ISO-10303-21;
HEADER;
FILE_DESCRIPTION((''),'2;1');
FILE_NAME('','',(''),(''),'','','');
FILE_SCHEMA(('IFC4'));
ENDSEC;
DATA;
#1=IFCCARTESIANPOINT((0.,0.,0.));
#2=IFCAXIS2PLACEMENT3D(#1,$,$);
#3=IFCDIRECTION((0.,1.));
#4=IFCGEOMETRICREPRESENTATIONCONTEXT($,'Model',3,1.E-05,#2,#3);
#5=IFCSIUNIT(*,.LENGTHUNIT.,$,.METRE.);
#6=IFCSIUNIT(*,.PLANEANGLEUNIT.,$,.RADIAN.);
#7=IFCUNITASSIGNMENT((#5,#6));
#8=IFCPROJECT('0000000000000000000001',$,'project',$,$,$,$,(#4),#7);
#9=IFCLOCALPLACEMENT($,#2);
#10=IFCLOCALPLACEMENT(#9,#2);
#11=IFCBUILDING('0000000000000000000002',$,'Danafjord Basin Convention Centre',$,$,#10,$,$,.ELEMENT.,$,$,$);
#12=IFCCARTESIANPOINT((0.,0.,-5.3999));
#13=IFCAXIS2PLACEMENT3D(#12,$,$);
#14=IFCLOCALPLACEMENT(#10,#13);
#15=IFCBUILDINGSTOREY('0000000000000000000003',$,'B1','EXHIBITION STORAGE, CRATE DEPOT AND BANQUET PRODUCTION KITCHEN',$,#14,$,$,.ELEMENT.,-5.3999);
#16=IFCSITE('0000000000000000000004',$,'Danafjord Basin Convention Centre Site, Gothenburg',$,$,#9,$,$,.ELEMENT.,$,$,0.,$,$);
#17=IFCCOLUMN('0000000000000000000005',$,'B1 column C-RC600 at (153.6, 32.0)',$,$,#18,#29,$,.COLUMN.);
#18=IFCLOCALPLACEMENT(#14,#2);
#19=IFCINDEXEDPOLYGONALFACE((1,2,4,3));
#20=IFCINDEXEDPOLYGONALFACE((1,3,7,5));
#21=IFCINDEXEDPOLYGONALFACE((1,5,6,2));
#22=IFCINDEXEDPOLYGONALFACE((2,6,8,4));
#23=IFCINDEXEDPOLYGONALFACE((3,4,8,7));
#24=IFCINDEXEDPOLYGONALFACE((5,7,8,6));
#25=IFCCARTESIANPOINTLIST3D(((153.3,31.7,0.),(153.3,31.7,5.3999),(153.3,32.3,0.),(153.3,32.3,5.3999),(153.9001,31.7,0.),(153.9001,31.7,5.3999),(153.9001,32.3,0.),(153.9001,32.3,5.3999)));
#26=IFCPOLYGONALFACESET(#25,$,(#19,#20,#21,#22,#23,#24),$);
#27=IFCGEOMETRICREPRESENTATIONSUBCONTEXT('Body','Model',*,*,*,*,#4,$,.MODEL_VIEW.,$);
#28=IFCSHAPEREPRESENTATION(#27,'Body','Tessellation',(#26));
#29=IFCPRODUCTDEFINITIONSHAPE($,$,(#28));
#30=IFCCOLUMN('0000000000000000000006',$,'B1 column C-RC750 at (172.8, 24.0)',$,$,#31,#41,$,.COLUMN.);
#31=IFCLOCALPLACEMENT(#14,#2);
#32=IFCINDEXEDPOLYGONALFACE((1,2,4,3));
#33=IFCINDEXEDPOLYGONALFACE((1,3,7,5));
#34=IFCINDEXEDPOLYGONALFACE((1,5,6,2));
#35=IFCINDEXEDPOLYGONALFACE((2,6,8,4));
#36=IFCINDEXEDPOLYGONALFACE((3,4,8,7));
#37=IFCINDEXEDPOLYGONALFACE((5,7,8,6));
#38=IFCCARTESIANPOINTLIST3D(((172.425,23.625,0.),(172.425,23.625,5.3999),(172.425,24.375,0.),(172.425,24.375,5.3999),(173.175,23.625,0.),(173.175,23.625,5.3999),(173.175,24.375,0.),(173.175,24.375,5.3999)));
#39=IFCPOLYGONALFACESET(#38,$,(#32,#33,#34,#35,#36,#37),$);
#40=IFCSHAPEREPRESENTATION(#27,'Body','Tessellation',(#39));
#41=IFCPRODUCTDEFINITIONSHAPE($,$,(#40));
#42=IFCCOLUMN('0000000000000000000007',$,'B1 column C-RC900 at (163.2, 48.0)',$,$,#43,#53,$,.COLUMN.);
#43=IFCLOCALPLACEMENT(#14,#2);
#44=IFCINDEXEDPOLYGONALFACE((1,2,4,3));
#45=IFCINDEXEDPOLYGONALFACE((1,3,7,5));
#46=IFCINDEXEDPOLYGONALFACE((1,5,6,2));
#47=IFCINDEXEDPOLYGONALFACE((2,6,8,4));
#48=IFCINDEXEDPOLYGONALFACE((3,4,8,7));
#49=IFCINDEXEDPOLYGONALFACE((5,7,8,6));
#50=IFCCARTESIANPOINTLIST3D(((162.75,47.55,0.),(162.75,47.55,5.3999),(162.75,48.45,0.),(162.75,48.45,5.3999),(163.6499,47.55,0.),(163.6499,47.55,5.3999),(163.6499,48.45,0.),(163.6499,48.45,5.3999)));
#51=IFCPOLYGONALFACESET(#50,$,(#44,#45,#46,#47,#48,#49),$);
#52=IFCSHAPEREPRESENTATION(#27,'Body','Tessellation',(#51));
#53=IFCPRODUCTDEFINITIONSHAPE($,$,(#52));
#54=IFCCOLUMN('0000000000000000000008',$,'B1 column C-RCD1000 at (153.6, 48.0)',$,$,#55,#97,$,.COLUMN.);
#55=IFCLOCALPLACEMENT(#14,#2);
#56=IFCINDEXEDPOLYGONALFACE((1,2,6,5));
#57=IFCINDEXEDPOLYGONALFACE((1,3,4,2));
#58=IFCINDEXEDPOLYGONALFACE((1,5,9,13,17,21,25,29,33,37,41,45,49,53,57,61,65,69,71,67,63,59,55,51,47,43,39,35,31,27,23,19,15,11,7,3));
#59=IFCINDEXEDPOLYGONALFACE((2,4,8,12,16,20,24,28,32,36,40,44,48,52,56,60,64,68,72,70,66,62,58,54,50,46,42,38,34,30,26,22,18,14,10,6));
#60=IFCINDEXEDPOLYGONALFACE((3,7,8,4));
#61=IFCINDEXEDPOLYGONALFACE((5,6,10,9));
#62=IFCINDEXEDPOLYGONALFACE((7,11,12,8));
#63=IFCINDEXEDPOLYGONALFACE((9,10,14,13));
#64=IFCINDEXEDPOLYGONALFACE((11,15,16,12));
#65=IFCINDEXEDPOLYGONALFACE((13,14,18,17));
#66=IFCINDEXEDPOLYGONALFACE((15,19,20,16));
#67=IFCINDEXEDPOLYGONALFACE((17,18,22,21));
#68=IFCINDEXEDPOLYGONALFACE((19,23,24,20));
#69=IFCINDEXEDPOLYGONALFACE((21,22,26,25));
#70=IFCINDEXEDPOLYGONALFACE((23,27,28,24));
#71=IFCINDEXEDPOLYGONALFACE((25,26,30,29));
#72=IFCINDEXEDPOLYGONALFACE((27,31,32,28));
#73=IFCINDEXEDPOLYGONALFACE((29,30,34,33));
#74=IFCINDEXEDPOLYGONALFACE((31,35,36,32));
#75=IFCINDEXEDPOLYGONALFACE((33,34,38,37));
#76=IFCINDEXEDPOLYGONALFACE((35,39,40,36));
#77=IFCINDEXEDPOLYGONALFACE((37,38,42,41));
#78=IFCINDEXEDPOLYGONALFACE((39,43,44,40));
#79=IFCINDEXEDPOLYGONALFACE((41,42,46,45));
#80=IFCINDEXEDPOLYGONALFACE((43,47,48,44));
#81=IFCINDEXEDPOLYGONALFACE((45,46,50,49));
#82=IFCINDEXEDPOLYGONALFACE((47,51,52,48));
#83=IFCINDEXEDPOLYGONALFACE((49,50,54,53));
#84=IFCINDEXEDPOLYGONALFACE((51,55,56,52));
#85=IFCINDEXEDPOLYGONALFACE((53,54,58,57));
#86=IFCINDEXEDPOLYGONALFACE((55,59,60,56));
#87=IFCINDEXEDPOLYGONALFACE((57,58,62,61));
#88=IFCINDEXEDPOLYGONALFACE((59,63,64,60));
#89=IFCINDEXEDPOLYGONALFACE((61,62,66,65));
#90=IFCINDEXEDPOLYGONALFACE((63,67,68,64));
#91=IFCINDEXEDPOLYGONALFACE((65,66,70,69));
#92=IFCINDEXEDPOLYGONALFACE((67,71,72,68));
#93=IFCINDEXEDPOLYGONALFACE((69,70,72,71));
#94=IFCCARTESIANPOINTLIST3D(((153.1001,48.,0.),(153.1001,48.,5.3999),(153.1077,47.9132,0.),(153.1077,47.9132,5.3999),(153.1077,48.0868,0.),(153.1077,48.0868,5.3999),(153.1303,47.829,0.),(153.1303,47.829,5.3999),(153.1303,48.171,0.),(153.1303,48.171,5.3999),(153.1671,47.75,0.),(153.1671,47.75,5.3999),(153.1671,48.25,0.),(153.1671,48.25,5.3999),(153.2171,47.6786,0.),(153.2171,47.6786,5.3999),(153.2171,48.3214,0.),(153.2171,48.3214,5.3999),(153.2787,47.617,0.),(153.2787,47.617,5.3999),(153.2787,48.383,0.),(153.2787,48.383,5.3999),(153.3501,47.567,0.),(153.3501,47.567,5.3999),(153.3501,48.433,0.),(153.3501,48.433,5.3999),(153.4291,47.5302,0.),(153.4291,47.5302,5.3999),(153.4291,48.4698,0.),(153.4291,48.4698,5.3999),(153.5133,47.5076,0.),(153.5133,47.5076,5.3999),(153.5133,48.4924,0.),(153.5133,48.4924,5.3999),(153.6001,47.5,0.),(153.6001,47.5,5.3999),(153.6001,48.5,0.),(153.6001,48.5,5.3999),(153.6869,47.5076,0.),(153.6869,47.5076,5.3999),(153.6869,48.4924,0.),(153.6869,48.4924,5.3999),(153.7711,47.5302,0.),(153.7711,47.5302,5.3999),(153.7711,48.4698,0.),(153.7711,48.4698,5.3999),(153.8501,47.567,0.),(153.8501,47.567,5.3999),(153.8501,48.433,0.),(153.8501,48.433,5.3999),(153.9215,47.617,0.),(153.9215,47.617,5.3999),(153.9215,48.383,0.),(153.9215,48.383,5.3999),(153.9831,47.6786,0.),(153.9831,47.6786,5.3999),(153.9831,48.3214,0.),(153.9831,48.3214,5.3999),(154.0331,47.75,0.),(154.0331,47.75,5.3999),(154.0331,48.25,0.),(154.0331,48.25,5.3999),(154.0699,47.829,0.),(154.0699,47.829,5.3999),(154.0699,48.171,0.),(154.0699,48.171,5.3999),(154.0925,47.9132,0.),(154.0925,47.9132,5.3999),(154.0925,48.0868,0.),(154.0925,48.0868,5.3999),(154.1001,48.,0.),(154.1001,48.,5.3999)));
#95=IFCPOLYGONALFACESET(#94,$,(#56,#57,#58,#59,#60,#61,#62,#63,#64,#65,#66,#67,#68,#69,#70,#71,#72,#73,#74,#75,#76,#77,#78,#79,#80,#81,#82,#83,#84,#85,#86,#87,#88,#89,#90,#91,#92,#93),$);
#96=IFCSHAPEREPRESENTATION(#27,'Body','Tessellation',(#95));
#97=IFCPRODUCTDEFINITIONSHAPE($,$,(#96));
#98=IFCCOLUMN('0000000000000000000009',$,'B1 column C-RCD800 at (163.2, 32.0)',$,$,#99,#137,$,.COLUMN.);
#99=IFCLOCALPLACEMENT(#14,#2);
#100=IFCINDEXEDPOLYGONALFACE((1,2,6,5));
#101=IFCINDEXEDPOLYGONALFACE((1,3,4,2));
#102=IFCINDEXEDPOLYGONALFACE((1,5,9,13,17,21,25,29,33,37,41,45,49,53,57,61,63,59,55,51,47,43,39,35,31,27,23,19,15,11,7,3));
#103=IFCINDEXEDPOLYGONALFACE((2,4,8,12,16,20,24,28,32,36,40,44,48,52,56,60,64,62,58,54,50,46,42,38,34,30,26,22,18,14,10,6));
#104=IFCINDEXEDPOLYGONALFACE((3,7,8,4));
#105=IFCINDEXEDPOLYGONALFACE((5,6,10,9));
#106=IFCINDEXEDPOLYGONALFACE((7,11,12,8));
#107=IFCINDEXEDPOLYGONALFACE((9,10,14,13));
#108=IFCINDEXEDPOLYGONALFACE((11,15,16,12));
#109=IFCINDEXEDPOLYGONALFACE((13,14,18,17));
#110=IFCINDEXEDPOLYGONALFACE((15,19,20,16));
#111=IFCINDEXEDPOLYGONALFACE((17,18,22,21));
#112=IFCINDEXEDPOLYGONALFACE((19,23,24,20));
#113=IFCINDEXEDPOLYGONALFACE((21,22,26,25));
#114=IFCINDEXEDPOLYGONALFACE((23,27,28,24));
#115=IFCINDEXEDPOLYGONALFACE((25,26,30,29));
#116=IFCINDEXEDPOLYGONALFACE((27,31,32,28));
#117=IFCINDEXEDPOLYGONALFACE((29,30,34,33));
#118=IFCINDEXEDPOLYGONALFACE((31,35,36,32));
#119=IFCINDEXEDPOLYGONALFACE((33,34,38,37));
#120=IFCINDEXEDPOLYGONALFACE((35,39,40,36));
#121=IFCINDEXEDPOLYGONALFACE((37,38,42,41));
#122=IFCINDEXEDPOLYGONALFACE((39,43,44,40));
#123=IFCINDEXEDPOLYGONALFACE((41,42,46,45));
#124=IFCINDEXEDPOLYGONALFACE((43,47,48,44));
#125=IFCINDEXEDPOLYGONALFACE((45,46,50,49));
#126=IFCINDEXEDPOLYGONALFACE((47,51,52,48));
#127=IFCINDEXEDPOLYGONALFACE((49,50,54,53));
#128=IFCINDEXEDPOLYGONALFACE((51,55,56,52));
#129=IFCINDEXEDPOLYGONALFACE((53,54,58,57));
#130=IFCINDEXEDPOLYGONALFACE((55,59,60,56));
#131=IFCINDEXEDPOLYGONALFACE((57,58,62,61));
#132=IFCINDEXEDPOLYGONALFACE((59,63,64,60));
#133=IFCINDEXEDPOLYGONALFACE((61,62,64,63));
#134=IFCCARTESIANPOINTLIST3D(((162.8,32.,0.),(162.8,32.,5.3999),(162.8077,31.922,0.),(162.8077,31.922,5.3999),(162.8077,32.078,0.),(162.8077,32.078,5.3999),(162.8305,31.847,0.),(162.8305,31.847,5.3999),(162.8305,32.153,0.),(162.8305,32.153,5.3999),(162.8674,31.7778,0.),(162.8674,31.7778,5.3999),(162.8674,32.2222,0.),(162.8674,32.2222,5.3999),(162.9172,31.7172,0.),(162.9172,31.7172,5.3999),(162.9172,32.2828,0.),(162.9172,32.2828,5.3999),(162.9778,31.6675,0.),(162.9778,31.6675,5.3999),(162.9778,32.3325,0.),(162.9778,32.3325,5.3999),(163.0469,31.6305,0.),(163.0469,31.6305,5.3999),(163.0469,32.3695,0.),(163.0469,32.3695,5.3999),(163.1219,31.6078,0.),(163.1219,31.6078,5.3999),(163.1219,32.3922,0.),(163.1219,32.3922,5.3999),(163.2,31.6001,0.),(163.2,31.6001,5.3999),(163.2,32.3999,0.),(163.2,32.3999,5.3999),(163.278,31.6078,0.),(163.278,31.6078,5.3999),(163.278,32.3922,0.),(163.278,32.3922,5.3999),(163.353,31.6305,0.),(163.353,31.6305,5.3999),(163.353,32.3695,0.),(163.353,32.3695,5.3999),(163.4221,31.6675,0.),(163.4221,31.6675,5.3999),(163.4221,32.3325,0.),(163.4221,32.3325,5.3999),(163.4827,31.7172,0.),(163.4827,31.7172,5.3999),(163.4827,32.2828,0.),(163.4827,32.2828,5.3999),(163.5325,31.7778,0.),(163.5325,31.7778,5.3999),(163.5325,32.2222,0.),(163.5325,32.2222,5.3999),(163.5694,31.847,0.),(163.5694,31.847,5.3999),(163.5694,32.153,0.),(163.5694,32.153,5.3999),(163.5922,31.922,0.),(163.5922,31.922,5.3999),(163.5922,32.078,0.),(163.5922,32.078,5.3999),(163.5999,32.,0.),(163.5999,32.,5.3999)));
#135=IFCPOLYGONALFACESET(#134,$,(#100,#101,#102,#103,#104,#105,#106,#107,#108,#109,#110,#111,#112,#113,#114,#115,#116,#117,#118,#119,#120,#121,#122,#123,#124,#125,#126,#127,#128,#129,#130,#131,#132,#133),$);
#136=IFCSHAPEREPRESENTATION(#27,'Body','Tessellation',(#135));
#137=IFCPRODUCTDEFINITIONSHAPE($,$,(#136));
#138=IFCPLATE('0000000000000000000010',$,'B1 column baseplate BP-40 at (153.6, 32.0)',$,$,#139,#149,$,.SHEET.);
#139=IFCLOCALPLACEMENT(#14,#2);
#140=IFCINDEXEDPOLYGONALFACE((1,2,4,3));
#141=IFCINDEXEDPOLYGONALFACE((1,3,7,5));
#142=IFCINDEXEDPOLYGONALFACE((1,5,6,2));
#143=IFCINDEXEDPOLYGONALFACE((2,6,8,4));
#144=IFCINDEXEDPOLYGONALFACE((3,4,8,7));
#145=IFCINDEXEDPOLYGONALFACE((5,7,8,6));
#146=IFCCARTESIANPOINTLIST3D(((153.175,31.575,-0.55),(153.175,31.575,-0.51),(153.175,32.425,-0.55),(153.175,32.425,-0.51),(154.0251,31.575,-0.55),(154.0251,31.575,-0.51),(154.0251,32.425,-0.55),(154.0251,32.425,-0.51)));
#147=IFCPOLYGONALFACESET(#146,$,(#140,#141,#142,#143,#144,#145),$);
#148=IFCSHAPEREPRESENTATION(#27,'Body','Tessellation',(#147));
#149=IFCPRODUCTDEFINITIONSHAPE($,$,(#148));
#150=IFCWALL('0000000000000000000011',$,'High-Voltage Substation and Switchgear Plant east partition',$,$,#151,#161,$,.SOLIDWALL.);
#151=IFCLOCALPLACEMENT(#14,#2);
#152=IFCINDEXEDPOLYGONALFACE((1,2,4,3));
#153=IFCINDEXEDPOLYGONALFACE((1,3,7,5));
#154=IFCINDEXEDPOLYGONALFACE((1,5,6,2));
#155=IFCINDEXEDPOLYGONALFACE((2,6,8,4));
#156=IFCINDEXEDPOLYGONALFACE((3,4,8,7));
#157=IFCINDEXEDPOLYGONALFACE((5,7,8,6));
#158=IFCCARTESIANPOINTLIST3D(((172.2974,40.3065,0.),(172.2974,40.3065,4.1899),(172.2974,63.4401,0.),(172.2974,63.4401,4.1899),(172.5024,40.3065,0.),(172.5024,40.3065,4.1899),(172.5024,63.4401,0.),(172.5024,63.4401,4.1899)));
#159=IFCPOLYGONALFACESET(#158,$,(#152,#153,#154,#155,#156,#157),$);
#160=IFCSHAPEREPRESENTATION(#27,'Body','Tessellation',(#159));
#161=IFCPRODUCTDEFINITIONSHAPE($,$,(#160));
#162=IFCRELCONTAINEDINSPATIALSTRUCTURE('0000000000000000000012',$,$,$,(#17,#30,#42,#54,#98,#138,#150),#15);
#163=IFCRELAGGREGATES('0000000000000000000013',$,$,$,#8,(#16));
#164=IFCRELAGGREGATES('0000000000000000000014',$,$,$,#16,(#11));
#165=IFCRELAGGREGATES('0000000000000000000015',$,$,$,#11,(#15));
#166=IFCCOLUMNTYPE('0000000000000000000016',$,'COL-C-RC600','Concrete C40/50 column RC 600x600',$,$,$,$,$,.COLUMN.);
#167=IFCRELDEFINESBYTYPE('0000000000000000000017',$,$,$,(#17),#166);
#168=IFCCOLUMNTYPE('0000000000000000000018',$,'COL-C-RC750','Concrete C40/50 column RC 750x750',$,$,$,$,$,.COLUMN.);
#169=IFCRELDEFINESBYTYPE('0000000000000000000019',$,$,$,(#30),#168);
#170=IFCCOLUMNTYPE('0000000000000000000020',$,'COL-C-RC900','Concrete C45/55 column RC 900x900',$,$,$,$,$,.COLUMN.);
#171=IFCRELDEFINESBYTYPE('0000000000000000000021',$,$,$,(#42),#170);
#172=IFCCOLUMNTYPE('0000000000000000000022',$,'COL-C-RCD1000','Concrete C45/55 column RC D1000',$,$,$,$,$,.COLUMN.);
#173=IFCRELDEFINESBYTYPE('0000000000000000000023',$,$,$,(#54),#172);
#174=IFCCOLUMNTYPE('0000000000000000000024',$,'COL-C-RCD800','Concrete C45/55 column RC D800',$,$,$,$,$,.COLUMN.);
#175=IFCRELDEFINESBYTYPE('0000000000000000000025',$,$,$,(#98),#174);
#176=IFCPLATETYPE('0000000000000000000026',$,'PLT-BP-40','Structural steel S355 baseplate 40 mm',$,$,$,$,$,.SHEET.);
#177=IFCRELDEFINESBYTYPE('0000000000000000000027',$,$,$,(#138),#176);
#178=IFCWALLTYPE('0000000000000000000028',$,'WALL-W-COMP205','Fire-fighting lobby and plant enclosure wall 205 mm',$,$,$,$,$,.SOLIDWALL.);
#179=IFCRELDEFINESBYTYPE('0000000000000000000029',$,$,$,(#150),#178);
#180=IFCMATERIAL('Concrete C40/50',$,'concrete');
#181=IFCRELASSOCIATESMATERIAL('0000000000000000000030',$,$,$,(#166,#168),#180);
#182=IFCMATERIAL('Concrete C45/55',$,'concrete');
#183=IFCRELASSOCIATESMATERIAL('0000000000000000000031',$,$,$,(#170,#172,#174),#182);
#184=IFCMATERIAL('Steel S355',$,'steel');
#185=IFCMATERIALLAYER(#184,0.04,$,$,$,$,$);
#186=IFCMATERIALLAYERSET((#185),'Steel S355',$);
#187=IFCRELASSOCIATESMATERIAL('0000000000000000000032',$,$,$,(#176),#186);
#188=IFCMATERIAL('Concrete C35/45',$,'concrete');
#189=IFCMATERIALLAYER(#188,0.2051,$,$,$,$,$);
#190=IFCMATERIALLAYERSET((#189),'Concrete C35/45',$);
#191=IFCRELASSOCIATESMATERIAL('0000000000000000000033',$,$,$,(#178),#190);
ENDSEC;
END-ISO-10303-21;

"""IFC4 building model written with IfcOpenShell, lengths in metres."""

from ifc_helpers import new_model, si_unit, direction, frame, frame_2d, origin, origin_2d, place, context, subcontext, project, spatial, rectangle, circle, extrude, material, layer, layer_set, material_profile, profile_set, type_object, element, save


model = new_model("IFC4")

# Units and contexts
model_context = context("Model", 3, precision=1e-05, world=origin(), true_north=direction((0.0, 1.0)))
body_context = subcontext(model_context, "Body", "Model", "MODEL_VIEW")
ifc_project = project(units=[si_unit("LENGTHUNIT", "METRE"), si_unit("PLANEANGLEUNIT", "RADIAN")], contexts=[model_context])

# Site, building, storey
site_placement = place(None, origin())
site = spatial("IfcSite", under=ifc_project, at=site_placement, Name="Danafjord Basin Convention Centre Site, Gothenburg", CompositionType="ELEMENT", RefElevation=0.0)
building_placement = place(site_placement, origin())
building = spatial("IfcBuilding", under=site, at=building_placement, Name="Danafjord Basin Convention Centre", CompositionType="ELEMENT")
storey_placement = place(building_placement, frame((0.0, 0.0, -5.3999)))
storey = spatial("IfcBuildingStorey", under=building, at=storey_placement, Name="B1", Description="EXHIBITION STORAGE, CRATE DEPOT AND BANQUET PRODUCTION KITCHEN", CompositionType="ELEMENT", Elevation=-5.3999)

# Shared definitions
ifc_material_1 = material(Name="Concrete C40/50", Category="concrete")
ifc_material_2 = material(Name="Concrete C35/45", Category="concrete")

# Columns
ifc_material_3 = material(Name="Concrete C45/55", Category="concrete")
ifc_material_profile_1 = material_profile(ifc_material_1, rectangle(XDim=0.6001, YDim=0.6001, at=origin_2d()), Name="RC 600x600")
ifc_profile_set_1 = profile_set([ifc_material_profile_1], Name="Concrete C40/50")
column_type_1 = type_object("IfcColumnType", Name="COL-C-RC600", Description="Concrete C40/50 column RC 600x600", PredefinedType="COLUMN", material=ifc_profile_set_1)
column_1_placement = place(storey_placement, frame((153.6001, 32.0, 0.0), z_axis=(0.0, 0.0, 1.0), x_axis=(1.0, 0.0, 0.0)))
element("IfcColumn", 1, at=column_1_placement, inside=storey, type_object=column_type_1, Name="B1 column C-RC600 at (153.6, 32.0)", PredefinedType="COLUMN", context=body_context, shape_type="SweptSolid", body=[
    extrude(rectangle(XDim=0.6001, YDim=0.6001, at=origin_2d()), origin(), (0.0, 0.0, 1.0), 5.3999),
])
ifc_material_profile_2 = material_profile(ifc_material_1, rectangle(XDim=0.75, YDim=0.75, at=origin_2d()), Name="RC 750x750")
ifc_profile_set_2 = profile_set([ifc_material_profile_2], Name="Concrete C40/50")
column_type_2 = type_object("IfcColumnType", Name="COL-C-RC750", Description="Concrete C40/50 column RC 750x750", PredefinedType="COLUMN", material=ifc_profile_set_2)
column_2_placement = place(storey_placement, frame((172.8, 24.0, 0.0), z_axis=(0.0, 0.0, 1.0), x_axis=(1.0, 0.0, 0.0)))
element("IfcColumn", 2, at=column_2_placement, inside=storey, type_object=column_type_2, Name="B1 column C-RC750 at (172.8, 24.0)", PredefinedType="COLUMN", context=body_context, shape_type="SweptSolid", body=[
    extrude(rectangle(XDim=0.75, YDim=0.75, at=origin_2d()), origin(), (0.0, 0.0, 1.0), 5.3999),
])
ifc_material_profile_3 = material_profile(ifc_material_3, rectangle(XDim=0.8999, YDim=0.8999, at=origin_2d()), Name="RC 900x900")
ifc_profile_set_3 = profile_set([ifc_material_profile_3], Name="Concrete C45/55")
column_type_3 = type_object("IfcColumnType", Name="COL-C-RC900", Description="Concrete C45/55 column RC 900x900", PredefinedType="COLUMN", material=ifc_profile_set_3)
column_3_placement = place(storey_placement, frame((163.2, 48.0, 0.0), z_axis=(0.0, 0.0, 1.0), x_axis=(1.0, 0.0, 0.0)))
element("IfcColumn", 3, at=column_3_placement, inside=storey, type_object=column_type_3, Name="B1 column C-RC900 at (163.2, 48.0)", PredefinedType="COLUMN", context=body_context, shape_type="SweptSolid", body=[
    extrude(rectangle(XDim=0.8999, YDim=0.8999, at=origin_2d()), origin(), (0.0, 0.0, 1.0), 5.3999),
])
ifc_material_profile_4 = material_profile(ifc_material_3, circle(Radius=0.5, at=origin_2d()), Name="RC D1000")
ifc_profile_set_4 = profile_set([ifc_material_profile_4], Name="Concrete C45/55")
column_type_4 = type_object("IfcColumnType", Name="COL-C-RCD1000", Description="Concrete C45/55 column RC D1000", PredefinedType="COLUMN", material=ifc_profile_set_4)
column_4_placement = place(storey_placement, frame((153.6001, 48.0, 0.0), z_axis=(0.0, 0.0, 1.0), x_axis=(1.0, 0.0, 0.0)))
element("IfcColumn", 4, at=column_4_placement, inside=storey, type_object=column_type_4, Name="B1 column C-RCD1000 at (153.6, 48.0)", PredefinedType="COLUMN", context=body_context, shape_type="SweptSolid", body=[
    extrude(circle(Radius=0.5, at=origin_2d()), origin(), (0.0, 0.0, 1.0), 5.3999),
])
ifc_material_profile_5 = material_profile(ifc_material_3, circle(Radius=0.3999, at=origin_2d()), Name="RC D800")
ifc_profile_set_5 = profile_set([ifc_material_profile_5], Name="Concrete C45/55")
column_type_5 = type_object("IfcColumnType", Name="COL-C-RCD800", Description="Concrete C45/55 column RC D800", PredefinedType="COLUMN", material=ifc_profile_set_5)
column_5_placement = place(storey_placement, frame((163.2, 32.0, 0.0), z_axis=(0.0, 0.0, 1.0), x_axis=(1.0, 0.0, 0.0)))
element("IfcColumn", 5, at=column_5_placement, inside=storey, type_object=column_type_5, Name="B1 column C-RCD800 at (163.2, 32.0)", PredefinedType="COLUMN", context=body_context, shape_type="SweptSolid", body=[
    extrude(circle(Radius=0.3999, at=origin_2d()), origin(), (0.0, 0.0, 1.0), 5.3999),
])

# Plate
ifc_material_4 = material(Name="Steel S355", Category="steel")
ifc_layer_1 = layer(ifc_material_4, 0.04)
ifc_layer_set_1 = layer_set([ifc_layer_1], Name="Steel S355")
plate_type = type_object("IfcPlateType", Name="PLT-BP-40", Description="Structural steel S355 baseplate 40 mm", PredefinedType="SHEET", material=ifc_layer_set_1)
plate_placement = place(storey_placement, frame((153.6001, 32.0, -0.55), z_axis=(0.0, 0.0, 1.0), x_axis=(1.0, 0.0, 0.0)))
element("IfcPlate", 6, at=plate_placement, inside=storey, type_object=plate_type, Name="B1 column baseplate BP-40 at (153.6, 32.0)", PredefinedType="SHEET", context=body_context, shape_type="SweptSolid", body=[
    extrude(rectangle(XDim=0.8501, YDim=0.8501, at=origin_2d()), origin(), (0.0, 0.0, 1.0), 0.04),
])

# Wall
ifc_layer_2 = layer(ifc_material_2, 0.2051)
ifc_layer_set_2 = layer_set([ifc_layer_2], Name="Concrete C35/45")
wall_type = type_object("IfcWallType", Name="WALL-W-COMP205", Description="Fire-fighting lobby and plant enclosure wall 205 mm", PredefinedType="SOLIDWALL", material=ifc_layer_set_2)
wall_placement = place(storey_placement, frame((172.3999, 40.3064, 0.0), z_axis=(0.0, 0.0, 1.0), x_axis=(0.0, 1.0, 0.0)))
element("IfcWall", 7, at=wall_placement, inside=storey, type_object=wall_type, Name="High-Voltage Substation and Switchgear Plant east partition", PredefinedType="SOLIDWALL", context=body_context, shape_type="SweptSolid", body=[
    extrude(rectangle(XDim=23.1335, YDim=0.2051, at=frame_2d((11.5669, 0.0))), origin(), (0.0, 0.0, 1.0), 4.1899),
])

save(model, "model.ifc")
